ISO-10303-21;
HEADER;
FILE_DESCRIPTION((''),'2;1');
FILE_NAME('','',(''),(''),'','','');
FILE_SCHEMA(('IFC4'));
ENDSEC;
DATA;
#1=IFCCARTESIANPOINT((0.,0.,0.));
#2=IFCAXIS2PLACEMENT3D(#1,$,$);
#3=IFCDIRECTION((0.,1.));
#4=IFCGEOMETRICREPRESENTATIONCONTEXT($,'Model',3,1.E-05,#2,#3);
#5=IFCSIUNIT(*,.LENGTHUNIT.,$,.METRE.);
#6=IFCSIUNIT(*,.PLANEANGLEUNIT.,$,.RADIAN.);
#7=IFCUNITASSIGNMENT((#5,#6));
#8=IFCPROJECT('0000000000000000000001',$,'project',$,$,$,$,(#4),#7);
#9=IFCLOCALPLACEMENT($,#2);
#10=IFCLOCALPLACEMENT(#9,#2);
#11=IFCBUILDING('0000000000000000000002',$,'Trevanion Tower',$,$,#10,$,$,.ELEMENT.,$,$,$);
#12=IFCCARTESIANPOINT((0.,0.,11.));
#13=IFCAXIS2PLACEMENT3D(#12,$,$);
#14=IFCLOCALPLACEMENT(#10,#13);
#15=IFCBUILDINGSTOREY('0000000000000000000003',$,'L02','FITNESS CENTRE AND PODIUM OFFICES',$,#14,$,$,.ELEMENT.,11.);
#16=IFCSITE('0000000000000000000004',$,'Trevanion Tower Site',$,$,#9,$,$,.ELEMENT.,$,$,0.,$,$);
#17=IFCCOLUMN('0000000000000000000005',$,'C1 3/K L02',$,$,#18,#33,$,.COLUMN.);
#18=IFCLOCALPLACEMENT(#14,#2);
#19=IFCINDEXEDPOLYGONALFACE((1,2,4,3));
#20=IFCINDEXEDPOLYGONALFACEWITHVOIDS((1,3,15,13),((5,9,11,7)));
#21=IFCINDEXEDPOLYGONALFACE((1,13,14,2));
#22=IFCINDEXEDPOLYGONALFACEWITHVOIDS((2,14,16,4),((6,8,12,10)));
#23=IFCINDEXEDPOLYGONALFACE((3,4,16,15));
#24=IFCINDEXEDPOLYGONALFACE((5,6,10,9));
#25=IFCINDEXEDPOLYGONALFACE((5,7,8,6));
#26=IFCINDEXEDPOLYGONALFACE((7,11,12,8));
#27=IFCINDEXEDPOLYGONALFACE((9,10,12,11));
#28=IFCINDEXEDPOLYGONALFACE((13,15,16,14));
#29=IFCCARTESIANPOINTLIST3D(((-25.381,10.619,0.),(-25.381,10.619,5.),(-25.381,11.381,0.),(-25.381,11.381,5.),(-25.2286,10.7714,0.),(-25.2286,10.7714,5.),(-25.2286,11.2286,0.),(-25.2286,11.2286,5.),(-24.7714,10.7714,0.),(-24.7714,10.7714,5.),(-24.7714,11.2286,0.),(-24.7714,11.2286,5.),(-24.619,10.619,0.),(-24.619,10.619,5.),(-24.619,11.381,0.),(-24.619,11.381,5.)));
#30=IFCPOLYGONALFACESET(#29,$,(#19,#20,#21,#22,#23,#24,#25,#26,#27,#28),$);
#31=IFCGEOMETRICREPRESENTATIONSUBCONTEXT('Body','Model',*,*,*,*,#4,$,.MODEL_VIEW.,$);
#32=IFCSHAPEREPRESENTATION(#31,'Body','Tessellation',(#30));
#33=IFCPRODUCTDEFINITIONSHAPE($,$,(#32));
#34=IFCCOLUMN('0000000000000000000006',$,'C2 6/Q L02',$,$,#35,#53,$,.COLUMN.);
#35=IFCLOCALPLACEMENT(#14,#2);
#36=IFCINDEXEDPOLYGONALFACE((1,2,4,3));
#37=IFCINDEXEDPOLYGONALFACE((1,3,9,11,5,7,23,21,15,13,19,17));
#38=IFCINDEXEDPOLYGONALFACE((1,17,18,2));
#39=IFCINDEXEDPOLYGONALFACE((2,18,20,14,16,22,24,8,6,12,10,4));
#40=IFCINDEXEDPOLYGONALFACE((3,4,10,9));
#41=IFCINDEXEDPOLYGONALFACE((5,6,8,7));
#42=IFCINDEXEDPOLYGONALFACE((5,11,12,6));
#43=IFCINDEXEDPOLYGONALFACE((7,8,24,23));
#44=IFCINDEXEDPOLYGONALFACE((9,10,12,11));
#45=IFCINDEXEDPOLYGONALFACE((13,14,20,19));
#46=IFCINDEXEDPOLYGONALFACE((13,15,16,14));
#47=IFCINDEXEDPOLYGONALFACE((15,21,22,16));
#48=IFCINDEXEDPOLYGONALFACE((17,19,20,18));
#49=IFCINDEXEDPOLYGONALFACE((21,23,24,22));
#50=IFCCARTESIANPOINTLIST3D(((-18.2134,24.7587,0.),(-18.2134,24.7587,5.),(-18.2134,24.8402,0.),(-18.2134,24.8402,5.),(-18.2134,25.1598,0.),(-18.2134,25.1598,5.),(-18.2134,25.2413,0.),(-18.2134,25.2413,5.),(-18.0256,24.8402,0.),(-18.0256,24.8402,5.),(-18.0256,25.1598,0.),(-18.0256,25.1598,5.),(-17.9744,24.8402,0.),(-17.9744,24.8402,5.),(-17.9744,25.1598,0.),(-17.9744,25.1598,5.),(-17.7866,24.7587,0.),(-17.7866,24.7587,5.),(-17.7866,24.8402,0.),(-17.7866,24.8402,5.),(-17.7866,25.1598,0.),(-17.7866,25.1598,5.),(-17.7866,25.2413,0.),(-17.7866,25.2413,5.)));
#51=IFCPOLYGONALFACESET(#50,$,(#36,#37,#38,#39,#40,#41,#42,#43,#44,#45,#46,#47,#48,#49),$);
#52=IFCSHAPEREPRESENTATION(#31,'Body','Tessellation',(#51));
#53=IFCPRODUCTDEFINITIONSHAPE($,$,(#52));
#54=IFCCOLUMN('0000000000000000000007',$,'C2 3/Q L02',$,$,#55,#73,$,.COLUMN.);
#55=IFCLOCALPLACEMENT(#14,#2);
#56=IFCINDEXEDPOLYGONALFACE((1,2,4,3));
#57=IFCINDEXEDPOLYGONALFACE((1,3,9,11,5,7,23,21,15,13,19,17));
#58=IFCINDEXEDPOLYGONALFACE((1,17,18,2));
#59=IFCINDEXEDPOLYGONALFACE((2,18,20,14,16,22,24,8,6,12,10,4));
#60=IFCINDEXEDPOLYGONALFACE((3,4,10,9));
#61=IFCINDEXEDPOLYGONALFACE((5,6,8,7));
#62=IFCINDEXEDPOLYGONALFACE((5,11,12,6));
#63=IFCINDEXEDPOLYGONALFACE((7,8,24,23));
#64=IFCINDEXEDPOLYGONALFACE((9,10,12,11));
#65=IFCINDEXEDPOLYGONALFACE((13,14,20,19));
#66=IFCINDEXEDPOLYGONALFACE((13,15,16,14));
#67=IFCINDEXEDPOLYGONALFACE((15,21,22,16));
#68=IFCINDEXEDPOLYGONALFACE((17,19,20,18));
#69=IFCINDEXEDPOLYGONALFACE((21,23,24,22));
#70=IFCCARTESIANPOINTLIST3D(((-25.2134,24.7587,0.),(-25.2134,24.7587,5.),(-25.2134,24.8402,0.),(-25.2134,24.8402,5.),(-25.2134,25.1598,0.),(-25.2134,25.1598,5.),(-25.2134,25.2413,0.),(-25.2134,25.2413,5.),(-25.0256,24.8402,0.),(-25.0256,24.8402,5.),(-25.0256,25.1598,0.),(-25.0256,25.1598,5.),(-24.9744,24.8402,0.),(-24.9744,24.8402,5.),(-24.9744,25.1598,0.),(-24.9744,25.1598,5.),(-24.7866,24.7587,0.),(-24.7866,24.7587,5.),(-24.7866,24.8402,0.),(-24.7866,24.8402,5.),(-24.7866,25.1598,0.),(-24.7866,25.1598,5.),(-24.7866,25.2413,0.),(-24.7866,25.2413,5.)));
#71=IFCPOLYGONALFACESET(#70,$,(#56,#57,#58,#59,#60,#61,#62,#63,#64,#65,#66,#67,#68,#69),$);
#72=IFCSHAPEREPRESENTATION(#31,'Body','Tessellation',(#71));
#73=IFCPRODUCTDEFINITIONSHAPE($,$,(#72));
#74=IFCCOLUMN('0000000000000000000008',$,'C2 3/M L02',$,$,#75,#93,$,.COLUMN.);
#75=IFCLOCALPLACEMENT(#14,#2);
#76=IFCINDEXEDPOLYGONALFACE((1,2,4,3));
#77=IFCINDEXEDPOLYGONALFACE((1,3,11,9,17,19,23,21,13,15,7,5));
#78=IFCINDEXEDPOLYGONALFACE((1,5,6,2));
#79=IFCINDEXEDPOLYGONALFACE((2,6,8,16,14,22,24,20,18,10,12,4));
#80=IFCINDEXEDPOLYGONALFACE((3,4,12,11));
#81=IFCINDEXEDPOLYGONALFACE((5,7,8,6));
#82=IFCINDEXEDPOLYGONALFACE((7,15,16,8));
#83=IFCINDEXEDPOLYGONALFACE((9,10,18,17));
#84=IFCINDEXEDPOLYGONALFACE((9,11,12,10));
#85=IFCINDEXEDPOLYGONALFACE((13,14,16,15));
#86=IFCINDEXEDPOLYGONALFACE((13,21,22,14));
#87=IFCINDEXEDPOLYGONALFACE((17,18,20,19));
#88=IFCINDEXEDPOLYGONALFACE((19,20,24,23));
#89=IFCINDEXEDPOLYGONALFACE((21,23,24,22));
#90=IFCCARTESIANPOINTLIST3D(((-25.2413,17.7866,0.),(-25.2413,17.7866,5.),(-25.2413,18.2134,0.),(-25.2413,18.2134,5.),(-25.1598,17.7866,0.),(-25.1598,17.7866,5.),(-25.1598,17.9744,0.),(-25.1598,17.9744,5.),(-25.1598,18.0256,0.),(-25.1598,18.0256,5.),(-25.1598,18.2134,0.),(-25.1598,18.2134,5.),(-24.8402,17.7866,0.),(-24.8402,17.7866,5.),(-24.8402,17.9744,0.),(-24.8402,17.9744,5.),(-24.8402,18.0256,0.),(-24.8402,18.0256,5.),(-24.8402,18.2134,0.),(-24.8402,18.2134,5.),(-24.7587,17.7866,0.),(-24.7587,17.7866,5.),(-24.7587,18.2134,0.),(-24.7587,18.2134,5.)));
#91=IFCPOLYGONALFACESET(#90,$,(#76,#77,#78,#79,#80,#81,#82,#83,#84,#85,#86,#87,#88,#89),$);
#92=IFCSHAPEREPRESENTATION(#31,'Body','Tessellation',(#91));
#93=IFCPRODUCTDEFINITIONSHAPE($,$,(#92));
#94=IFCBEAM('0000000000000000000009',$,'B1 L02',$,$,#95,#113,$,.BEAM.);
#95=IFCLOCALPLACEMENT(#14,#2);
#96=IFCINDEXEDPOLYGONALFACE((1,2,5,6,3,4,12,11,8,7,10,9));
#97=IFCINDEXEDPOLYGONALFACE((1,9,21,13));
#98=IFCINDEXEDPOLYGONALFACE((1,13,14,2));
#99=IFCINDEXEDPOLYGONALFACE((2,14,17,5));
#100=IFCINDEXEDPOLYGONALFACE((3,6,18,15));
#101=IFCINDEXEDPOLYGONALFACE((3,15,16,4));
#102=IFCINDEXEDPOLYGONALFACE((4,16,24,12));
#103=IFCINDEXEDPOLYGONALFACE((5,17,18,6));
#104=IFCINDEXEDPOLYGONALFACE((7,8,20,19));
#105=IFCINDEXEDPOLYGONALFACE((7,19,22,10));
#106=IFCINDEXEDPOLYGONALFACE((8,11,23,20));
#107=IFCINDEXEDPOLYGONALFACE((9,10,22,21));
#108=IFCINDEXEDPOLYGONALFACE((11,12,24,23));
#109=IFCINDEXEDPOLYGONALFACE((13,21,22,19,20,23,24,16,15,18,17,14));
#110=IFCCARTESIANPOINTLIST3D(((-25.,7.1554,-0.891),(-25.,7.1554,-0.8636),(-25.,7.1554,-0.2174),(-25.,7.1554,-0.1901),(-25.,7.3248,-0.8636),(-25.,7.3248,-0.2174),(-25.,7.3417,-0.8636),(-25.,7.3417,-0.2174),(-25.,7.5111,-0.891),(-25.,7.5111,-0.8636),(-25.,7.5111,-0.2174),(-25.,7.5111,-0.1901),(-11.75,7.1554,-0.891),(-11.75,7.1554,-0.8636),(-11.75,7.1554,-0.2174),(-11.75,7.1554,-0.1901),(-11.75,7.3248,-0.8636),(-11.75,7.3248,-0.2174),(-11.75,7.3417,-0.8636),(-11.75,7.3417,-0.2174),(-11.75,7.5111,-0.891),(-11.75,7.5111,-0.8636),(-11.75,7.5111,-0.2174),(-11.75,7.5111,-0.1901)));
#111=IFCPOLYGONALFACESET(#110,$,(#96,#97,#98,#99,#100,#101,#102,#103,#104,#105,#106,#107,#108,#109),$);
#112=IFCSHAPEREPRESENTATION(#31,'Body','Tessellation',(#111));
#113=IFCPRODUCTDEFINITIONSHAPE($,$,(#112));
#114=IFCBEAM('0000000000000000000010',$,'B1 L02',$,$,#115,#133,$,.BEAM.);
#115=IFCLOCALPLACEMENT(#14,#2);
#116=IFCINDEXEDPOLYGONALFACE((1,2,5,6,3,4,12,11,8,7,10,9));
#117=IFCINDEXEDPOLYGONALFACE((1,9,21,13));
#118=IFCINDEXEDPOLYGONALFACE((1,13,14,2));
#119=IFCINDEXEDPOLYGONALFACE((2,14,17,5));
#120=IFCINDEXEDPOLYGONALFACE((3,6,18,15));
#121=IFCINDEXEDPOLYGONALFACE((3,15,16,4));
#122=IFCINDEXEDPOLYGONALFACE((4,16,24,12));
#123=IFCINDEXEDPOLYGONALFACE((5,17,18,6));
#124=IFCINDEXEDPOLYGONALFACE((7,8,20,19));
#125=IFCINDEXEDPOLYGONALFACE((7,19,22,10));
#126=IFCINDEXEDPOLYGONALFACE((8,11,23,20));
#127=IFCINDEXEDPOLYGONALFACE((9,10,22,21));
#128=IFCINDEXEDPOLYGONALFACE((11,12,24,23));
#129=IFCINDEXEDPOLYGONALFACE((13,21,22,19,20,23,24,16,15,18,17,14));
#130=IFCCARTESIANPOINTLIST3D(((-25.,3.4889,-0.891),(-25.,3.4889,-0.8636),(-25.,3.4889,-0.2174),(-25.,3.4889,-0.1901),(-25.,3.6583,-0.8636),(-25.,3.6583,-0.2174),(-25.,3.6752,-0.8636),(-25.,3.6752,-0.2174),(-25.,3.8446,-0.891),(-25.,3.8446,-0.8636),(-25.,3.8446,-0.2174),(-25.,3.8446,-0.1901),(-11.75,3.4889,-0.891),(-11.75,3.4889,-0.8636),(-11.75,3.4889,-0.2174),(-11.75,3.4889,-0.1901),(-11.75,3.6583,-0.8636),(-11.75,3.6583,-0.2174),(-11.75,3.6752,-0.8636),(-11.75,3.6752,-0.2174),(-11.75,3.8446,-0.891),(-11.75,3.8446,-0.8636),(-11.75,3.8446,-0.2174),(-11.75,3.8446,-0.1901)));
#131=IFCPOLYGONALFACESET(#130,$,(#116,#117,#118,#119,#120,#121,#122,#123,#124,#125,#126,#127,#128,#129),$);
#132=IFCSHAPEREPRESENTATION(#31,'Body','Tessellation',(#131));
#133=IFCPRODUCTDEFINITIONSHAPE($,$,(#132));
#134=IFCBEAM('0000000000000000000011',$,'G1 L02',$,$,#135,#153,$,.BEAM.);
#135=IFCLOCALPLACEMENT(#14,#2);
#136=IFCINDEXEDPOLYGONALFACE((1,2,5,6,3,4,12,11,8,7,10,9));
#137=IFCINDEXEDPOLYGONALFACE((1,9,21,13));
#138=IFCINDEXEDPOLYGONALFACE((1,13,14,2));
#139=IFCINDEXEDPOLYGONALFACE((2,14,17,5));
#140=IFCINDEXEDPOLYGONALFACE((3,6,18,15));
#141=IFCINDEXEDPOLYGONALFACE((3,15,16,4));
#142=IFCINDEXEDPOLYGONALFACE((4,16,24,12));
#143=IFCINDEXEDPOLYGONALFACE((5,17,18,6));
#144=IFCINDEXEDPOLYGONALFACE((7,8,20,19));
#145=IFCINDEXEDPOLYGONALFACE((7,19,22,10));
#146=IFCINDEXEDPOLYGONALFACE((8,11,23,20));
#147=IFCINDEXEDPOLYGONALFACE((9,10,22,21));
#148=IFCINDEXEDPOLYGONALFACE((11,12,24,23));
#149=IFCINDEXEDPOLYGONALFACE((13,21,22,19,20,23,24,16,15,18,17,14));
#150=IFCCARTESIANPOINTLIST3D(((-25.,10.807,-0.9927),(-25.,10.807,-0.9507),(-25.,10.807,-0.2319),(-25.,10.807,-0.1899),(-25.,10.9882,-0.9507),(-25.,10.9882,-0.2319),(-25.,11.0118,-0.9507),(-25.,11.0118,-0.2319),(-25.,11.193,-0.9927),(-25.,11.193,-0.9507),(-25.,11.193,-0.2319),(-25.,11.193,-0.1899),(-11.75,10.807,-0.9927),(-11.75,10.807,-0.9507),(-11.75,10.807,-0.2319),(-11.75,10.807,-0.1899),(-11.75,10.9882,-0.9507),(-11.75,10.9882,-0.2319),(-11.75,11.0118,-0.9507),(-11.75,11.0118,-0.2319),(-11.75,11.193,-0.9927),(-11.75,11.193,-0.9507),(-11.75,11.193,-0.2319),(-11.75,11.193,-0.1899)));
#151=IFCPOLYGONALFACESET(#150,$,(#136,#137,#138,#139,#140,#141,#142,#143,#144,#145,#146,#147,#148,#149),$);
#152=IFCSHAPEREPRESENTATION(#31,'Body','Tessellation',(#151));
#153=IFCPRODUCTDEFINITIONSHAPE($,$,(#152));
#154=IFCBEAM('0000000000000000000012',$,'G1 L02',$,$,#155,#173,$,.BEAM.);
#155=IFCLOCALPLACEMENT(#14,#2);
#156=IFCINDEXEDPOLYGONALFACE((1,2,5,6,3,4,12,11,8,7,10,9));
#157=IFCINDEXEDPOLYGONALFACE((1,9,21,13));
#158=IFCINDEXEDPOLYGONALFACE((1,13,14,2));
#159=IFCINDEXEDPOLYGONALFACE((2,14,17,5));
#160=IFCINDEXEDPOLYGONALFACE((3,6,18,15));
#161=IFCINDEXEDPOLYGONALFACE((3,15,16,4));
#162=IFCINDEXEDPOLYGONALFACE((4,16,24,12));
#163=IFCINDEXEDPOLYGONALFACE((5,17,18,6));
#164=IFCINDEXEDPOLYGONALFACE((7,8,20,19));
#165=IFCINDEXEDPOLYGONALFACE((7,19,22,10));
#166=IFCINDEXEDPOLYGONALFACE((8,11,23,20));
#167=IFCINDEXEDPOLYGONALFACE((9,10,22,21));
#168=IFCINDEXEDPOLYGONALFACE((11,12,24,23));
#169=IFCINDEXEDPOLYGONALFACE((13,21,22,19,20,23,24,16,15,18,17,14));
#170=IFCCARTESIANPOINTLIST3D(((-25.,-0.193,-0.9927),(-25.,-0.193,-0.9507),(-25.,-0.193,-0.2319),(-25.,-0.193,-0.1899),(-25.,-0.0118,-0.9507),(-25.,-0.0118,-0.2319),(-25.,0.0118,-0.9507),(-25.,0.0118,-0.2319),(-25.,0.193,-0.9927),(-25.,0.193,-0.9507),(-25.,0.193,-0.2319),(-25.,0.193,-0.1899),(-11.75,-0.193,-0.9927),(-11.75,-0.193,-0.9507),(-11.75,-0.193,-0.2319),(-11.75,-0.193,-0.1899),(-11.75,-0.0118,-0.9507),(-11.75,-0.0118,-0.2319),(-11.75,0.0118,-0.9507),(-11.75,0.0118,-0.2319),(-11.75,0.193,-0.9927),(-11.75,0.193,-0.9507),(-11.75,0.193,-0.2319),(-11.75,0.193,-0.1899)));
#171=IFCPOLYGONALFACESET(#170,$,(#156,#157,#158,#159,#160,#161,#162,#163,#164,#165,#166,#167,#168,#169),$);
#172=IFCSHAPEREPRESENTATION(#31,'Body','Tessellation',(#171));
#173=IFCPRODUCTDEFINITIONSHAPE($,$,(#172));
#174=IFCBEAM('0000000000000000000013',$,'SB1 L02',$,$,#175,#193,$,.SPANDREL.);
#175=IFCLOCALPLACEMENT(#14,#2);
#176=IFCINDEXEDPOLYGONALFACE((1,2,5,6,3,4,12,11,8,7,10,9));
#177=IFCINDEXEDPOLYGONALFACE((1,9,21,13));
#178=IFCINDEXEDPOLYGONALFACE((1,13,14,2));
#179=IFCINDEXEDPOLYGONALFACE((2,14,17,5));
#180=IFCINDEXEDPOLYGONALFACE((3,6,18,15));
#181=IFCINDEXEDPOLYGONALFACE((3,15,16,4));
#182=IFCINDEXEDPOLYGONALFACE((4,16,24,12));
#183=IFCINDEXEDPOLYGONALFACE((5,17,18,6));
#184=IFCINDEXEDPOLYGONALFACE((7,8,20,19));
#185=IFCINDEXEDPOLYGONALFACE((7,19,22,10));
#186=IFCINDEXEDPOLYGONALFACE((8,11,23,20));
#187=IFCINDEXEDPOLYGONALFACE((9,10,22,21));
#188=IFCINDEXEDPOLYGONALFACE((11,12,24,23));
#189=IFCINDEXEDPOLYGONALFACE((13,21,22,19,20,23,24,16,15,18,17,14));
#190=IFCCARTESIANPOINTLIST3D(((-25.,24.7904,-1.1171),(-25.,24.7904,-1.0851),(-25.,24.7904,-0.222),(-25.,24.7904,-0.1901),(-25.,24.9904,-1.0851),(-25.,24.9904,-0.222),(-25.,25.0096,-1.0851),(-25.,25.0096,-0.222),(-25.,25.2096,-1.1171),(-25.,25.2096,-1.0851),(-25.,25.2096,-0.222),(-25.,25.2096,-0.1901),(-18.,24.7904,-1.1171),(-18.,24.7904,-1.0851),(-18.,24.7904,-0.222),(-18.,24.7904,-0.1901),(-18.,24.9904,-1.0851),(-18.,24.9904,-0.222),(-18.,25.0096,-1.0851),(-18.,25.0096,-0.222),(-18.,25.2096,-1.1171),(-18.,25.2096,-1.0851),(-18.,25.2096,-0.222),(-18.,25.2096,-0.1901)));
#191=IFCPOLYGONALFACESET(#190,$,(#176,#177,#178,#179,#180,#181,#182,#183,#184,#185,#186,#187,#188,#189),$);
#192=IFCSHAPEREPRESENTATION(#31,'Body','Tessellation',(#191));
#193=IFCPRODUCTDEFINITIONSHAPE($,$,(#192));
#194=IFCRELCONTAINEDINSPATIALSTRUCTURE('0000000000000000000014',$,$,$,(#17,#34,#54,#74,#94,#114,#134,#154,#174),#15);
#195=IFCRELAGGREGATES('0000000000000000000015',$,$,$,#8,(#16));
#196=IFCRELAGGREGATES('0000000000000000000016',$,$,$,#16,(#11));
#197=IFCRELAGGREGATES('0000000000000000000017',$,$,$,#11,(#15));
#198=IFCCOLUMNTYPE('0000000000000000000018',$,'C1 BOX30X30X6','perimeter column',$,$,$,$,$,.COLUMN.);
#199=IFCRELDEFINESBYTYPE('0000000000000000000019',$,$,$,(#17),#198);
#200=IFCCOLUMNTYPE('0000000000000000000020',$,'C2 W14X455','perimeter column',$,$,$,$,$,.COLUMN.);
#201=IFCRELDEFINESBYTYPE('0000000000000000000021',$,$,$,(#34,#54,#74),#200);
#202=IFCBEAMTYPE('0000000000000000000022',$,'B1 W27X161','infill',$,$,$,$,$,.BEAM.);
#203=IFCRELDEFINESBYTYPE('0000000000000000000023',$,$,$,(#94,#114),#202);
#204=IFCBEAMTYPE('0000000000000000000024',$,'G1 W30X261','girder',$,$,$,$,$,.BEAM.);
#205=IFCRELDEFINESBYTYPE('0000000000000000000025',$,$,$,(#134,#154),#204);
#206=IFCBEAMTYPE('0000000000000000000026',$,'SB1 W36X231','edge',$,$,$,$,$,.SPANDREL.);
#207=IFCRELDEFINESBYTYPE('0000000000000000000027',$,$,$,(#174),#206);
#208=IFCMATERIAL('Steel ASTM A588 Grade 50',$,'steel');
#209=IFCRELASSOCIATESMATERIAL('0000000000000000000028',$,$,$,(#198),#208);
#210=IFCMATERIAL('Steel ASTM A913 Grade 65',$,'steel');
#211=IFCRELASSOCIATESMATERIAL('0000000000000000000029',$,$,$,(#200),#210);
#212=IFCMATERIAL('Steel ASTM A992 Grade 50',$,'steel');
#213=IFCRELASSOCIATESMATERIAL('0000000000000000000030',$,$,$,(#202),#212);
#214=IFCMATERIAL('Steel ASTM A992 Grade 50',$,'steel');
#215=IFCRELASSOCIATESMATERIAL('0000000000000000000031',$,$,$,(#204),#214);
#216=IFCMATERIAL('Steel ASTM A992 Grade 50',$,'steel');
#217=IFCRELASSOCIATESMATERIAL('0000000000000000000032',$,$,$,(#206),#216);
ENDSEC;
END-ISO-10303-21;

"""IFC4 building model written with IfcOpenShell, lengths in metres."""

from ifc_helpers import new_model, si_unit, direction, frame, origin, origin_2d, place, context, subcontext, project, spatial, hollow_rectangle, i_section, extrude, material, material_profile, profile_set, type_object, element, save


model = new_model("IFC4")

# Units and contexts
model_context = context("Model", 3, precision=1e-05, world=origin(), true_north=direction((0.0, 1.0)))
body_context = subcontext(model_context, "Body", "Model", "MODEL_VIEW")
ifc_project = project(units=[si_unit("LENGTHUNIT", "METRE"), si_unit("PLANEANGLEUNIT", "RADIAN")], contexts=[model_context])

# Site, building, storey
site_placement = place(None, origin())
site = spatial("IfcSite", under=ifc_project, at=site_placement, Name="Trevanion Tower Site", CompositionType="ELEMENT", RefElevation=0.0)
building_placement = place(site_placement, origin())
building = spatial("IfcBuilding", under=site, at=building_placement, Name="Trevanion Tower", CompositionType="ELEMENT")
storey_placement = place(building_placement, frame((0.0, 0.0, 11.0)))
storey = spatial("IfcBuildingStorey", under=building, at=storey_placement, Name="L02", Description="FITNESS CENTRE AND PODIUM OFFICES", CompositionType="ELEMENT", Elevation=11.0)

# Columns
ifc_material_1 = material(Name="Steel ASTM A588 Grade 50", Category="steel")
ifc_material_profile_1 = material_profile(ifc_material_1, hollow_rectangle(XDim=0.762, YDim=0.762, WallThickness=0.1523, at=origin_2d()), Name="BOX30X30X6")
ifc_profile_set_1 = profile_set([ifc_material_profile_1], Name="Steel ASTM A588 Grade 50")
column_type_1 = type_object("IfcColumnType", Name="C1 BOX30X30X6", Description="perimeter column", PredefinedType="COLUMN", material=ifc_profile_set_1)
column_placement = place(storey_placement, frame((-25.0, 11.0, 0.0), z_axis=(0.0, 0.0, 1.0), x_axis=(0.0, 1.0, 0.0)))
element("IfcColumn", 1, at=column_placement, inside=storey, type_object=column_type_1, Name="C1 3/K L02", PredefinedType="COLUMN", context=body_context, shape_type="SweptSolid", body=[
    extrude(hollow_rectangle(XDim=0.762, YDim=0.762, WallThickness=0.1523, at=origin_2d()), origin(), (0.0, 0.0, 1.0), 5.0),
])
ifc_material_2 = material(Name="Steel ASTM A913 Grade 65", Category="steel")
ifc_material_profile_2 = material_profile(ifc_material_2, i_section(OverallWidth=0.4268, OverallDepth=0.4827, WebThickness=0.0513, FlangeThickness=0.0815, at=origin_2d()), Name="W14X455")
ifc_profile_set_2 = profile_set([ifc_material_profile_2], Name="Steel ASTM A913 Grade 65")
column_type_2 = type_object("IfcColumnType", Name="C2 W14X455", Description="perimeter column", PredefinedType="COLUMN", material=ifc_profile_set_2)
for number, where, z_axis, x_axis, name in (
    (2, (-18.0, 25.0, 0.0), (0.0, 0.0, 1.0), (1.0, 0.0, 0.0), "C2 6/Q L02"),
    (3, (-25.0, 25.0, 0.0), (0.0, 0.0, 1.0), (1.0, 0.0, 0.0), "C2 3/Q L02"),
    (4, (-25.0, 18.0, 0.0), (0.0, 0.0, 1.0), (0.0, 1.0, 0.0), "C2 3/M L02"),
):
    element("IfcColumn", number, at=place(storey_placement, frame(where, z_axis=z_axis, x_axis=x_axis)), inside=storey, type_object=column_type_2, Name=name, PredefinedType="COLUMN", context=body_context, shape_type="SweptSolid", body=[
        extrude(i_section(OverallWidth=0.4268, OverallDepth=0.4827, WebThickness=0.0513, FlangeThickness=0.0815, at=origin_2d()), origin(), (0.0, 0.0, 1.0), 5.0),
    ])

# Beams
ifc_material_3 = material(Name="Steel ASTM A992 Grade 50", Category="steel")
ifc_material_profile_3 = material_profile(ifc_material_3, i_section(OverallWidth=0.3557, OverallDepth=0.7009, WebThickness=0.0168, FlangeThickness=0.0273, at=origin_2d()), Name="W27X161")
ifc_profile_set_3 = profile_set([ifc_material_profile_3], Name="Steel ASTM A992 Grade 50")
beam_type_1 = type_object("IfcBeamType", Name="B1 W27X161", Description="infill", PredefinedType="BEAM", material=ifc_profile_set_3)
for number, where, z_axis, x_axis, name in (
    (5, (-11.75, 7.3333, -0.5405), (-1.0, 0.0, 0.0), (0.0, -1.0, 0.0), "B1 L02"),
    (6, (-11.75, 3.6667, -0.5405), (-1.0, 0.0, 0.0), (0.0, -1.0, 0.0), "B1 L02"),
):
    element("IfcBeam", number, at=place(storey_placement, frame(where, z_axis=z_axis, x_axis=x_axis)), inside=storey, type_object=beam_type_1, Name=name, PredefinedType="BEAM", context=body_context, shape_type="SweptSolid", body=[
        extrude(i_section(OverallWidth=0.3557, OverallDepth=0.7009, WebThickness=0.0168, FlangeThickness=0.0273, at=origin_2d()), origin(), (0.0, 0.0, 1.0), 13.25),
    ])
ifc_material_4 = material(Name="Steel ASTM A992 Grade 50", Category="steel")
ifc_material_profile_4 = material_profile(ifc_material_4, i_section(OverallWidth=0.386, OverallDepth=0.8027, WebThickness=0.0237, FlangeThickness=0.042, at=origin_2d()), Name="W30X261")
ifc_profile_set_4 = profile_set([ifc_material_profile_4], Name="Steel ASTM A992 Grade 50")
beam_type_2 = type_object("IfcBeamType", Name="G1 W30X261", Description="girder", PredefinedType="BEAM", material=ifc_profile_set_4)
for number, where, z_axis, x_axis, name in (
    (7, (-11.75, 11.0, -0.5913), (-1.0, 0.0, 0.0), (0.0, -1.0, 0.0), "G1 L02"),
    (8, (-11.75, 0.0, -0.5913), (-1.0, 0.0, 0.0), (0.0, -1.0, 0.0), "G1 L02"),
):
    element("IfcBeam", number, at=place(storey_placement, frame(where, z_axis=z_axis, x_axis=x_axis)), inside=storey, type_object=beam_type_2, Name=name, PredefinedType="BEAM", context=body_context, shape_type="SweptSolid", body=[
        extrude(i_section(OverallWidth=0.386, OverallDepth=0.8027, WebThickness=0.0237, FlangeThickness=0.042, at=origin_2d()), origin(), (0.0, 0.0, 1.0), 13.25),
    ])
ifc_material_5 = material(Name="Steel ASTM A992 Grade 50", Category="steel")
ifc_material_profile_5 = material_profile(ifc_material_5, i_section(OverallWidth=0.4192, OverallDepth=0.927, WebThickness=0.0193, FlangeThickness=0.032, at=origin_2d()), Name="W36X231")
ifc_profile_set_5 = profile_set([ifc_material_profile_5], Name="Steel ASTM A992 Grade 50")
beam_type_3 = type_object("IfcBeamType", Name="SB1 W36X231", Description="edge", PredefinedType="SPANDREL", material=ifc_profile_set_5)
for number, where, z_axis, x_axis, name in (
    (9, (-18.0, 25.0, -0.6536), (-1.0, 0.0, 0.0), (0.0, -1.0, 0.0), "SB1 L02"),
):
    element("IfcBeam", number, at=place(storey_placement, frame(where, z_axis=z_axis, x_axis=x_axis)), inside=storey, type_object=beam_type_3, Name=name, PredefinedType="SPANDREL", context=body_context, shape_type="SweptSolid", body=[
        extrude(i_section(OverallWidth=0.4192, OverallDepth=0.927, WebThickness=0.0193, FlangeThickness=0.032, at=origin_2d()), origin(), (0.0, 0.0, 1.0), 7.0),
    ])

save(model, "model.ifc")
